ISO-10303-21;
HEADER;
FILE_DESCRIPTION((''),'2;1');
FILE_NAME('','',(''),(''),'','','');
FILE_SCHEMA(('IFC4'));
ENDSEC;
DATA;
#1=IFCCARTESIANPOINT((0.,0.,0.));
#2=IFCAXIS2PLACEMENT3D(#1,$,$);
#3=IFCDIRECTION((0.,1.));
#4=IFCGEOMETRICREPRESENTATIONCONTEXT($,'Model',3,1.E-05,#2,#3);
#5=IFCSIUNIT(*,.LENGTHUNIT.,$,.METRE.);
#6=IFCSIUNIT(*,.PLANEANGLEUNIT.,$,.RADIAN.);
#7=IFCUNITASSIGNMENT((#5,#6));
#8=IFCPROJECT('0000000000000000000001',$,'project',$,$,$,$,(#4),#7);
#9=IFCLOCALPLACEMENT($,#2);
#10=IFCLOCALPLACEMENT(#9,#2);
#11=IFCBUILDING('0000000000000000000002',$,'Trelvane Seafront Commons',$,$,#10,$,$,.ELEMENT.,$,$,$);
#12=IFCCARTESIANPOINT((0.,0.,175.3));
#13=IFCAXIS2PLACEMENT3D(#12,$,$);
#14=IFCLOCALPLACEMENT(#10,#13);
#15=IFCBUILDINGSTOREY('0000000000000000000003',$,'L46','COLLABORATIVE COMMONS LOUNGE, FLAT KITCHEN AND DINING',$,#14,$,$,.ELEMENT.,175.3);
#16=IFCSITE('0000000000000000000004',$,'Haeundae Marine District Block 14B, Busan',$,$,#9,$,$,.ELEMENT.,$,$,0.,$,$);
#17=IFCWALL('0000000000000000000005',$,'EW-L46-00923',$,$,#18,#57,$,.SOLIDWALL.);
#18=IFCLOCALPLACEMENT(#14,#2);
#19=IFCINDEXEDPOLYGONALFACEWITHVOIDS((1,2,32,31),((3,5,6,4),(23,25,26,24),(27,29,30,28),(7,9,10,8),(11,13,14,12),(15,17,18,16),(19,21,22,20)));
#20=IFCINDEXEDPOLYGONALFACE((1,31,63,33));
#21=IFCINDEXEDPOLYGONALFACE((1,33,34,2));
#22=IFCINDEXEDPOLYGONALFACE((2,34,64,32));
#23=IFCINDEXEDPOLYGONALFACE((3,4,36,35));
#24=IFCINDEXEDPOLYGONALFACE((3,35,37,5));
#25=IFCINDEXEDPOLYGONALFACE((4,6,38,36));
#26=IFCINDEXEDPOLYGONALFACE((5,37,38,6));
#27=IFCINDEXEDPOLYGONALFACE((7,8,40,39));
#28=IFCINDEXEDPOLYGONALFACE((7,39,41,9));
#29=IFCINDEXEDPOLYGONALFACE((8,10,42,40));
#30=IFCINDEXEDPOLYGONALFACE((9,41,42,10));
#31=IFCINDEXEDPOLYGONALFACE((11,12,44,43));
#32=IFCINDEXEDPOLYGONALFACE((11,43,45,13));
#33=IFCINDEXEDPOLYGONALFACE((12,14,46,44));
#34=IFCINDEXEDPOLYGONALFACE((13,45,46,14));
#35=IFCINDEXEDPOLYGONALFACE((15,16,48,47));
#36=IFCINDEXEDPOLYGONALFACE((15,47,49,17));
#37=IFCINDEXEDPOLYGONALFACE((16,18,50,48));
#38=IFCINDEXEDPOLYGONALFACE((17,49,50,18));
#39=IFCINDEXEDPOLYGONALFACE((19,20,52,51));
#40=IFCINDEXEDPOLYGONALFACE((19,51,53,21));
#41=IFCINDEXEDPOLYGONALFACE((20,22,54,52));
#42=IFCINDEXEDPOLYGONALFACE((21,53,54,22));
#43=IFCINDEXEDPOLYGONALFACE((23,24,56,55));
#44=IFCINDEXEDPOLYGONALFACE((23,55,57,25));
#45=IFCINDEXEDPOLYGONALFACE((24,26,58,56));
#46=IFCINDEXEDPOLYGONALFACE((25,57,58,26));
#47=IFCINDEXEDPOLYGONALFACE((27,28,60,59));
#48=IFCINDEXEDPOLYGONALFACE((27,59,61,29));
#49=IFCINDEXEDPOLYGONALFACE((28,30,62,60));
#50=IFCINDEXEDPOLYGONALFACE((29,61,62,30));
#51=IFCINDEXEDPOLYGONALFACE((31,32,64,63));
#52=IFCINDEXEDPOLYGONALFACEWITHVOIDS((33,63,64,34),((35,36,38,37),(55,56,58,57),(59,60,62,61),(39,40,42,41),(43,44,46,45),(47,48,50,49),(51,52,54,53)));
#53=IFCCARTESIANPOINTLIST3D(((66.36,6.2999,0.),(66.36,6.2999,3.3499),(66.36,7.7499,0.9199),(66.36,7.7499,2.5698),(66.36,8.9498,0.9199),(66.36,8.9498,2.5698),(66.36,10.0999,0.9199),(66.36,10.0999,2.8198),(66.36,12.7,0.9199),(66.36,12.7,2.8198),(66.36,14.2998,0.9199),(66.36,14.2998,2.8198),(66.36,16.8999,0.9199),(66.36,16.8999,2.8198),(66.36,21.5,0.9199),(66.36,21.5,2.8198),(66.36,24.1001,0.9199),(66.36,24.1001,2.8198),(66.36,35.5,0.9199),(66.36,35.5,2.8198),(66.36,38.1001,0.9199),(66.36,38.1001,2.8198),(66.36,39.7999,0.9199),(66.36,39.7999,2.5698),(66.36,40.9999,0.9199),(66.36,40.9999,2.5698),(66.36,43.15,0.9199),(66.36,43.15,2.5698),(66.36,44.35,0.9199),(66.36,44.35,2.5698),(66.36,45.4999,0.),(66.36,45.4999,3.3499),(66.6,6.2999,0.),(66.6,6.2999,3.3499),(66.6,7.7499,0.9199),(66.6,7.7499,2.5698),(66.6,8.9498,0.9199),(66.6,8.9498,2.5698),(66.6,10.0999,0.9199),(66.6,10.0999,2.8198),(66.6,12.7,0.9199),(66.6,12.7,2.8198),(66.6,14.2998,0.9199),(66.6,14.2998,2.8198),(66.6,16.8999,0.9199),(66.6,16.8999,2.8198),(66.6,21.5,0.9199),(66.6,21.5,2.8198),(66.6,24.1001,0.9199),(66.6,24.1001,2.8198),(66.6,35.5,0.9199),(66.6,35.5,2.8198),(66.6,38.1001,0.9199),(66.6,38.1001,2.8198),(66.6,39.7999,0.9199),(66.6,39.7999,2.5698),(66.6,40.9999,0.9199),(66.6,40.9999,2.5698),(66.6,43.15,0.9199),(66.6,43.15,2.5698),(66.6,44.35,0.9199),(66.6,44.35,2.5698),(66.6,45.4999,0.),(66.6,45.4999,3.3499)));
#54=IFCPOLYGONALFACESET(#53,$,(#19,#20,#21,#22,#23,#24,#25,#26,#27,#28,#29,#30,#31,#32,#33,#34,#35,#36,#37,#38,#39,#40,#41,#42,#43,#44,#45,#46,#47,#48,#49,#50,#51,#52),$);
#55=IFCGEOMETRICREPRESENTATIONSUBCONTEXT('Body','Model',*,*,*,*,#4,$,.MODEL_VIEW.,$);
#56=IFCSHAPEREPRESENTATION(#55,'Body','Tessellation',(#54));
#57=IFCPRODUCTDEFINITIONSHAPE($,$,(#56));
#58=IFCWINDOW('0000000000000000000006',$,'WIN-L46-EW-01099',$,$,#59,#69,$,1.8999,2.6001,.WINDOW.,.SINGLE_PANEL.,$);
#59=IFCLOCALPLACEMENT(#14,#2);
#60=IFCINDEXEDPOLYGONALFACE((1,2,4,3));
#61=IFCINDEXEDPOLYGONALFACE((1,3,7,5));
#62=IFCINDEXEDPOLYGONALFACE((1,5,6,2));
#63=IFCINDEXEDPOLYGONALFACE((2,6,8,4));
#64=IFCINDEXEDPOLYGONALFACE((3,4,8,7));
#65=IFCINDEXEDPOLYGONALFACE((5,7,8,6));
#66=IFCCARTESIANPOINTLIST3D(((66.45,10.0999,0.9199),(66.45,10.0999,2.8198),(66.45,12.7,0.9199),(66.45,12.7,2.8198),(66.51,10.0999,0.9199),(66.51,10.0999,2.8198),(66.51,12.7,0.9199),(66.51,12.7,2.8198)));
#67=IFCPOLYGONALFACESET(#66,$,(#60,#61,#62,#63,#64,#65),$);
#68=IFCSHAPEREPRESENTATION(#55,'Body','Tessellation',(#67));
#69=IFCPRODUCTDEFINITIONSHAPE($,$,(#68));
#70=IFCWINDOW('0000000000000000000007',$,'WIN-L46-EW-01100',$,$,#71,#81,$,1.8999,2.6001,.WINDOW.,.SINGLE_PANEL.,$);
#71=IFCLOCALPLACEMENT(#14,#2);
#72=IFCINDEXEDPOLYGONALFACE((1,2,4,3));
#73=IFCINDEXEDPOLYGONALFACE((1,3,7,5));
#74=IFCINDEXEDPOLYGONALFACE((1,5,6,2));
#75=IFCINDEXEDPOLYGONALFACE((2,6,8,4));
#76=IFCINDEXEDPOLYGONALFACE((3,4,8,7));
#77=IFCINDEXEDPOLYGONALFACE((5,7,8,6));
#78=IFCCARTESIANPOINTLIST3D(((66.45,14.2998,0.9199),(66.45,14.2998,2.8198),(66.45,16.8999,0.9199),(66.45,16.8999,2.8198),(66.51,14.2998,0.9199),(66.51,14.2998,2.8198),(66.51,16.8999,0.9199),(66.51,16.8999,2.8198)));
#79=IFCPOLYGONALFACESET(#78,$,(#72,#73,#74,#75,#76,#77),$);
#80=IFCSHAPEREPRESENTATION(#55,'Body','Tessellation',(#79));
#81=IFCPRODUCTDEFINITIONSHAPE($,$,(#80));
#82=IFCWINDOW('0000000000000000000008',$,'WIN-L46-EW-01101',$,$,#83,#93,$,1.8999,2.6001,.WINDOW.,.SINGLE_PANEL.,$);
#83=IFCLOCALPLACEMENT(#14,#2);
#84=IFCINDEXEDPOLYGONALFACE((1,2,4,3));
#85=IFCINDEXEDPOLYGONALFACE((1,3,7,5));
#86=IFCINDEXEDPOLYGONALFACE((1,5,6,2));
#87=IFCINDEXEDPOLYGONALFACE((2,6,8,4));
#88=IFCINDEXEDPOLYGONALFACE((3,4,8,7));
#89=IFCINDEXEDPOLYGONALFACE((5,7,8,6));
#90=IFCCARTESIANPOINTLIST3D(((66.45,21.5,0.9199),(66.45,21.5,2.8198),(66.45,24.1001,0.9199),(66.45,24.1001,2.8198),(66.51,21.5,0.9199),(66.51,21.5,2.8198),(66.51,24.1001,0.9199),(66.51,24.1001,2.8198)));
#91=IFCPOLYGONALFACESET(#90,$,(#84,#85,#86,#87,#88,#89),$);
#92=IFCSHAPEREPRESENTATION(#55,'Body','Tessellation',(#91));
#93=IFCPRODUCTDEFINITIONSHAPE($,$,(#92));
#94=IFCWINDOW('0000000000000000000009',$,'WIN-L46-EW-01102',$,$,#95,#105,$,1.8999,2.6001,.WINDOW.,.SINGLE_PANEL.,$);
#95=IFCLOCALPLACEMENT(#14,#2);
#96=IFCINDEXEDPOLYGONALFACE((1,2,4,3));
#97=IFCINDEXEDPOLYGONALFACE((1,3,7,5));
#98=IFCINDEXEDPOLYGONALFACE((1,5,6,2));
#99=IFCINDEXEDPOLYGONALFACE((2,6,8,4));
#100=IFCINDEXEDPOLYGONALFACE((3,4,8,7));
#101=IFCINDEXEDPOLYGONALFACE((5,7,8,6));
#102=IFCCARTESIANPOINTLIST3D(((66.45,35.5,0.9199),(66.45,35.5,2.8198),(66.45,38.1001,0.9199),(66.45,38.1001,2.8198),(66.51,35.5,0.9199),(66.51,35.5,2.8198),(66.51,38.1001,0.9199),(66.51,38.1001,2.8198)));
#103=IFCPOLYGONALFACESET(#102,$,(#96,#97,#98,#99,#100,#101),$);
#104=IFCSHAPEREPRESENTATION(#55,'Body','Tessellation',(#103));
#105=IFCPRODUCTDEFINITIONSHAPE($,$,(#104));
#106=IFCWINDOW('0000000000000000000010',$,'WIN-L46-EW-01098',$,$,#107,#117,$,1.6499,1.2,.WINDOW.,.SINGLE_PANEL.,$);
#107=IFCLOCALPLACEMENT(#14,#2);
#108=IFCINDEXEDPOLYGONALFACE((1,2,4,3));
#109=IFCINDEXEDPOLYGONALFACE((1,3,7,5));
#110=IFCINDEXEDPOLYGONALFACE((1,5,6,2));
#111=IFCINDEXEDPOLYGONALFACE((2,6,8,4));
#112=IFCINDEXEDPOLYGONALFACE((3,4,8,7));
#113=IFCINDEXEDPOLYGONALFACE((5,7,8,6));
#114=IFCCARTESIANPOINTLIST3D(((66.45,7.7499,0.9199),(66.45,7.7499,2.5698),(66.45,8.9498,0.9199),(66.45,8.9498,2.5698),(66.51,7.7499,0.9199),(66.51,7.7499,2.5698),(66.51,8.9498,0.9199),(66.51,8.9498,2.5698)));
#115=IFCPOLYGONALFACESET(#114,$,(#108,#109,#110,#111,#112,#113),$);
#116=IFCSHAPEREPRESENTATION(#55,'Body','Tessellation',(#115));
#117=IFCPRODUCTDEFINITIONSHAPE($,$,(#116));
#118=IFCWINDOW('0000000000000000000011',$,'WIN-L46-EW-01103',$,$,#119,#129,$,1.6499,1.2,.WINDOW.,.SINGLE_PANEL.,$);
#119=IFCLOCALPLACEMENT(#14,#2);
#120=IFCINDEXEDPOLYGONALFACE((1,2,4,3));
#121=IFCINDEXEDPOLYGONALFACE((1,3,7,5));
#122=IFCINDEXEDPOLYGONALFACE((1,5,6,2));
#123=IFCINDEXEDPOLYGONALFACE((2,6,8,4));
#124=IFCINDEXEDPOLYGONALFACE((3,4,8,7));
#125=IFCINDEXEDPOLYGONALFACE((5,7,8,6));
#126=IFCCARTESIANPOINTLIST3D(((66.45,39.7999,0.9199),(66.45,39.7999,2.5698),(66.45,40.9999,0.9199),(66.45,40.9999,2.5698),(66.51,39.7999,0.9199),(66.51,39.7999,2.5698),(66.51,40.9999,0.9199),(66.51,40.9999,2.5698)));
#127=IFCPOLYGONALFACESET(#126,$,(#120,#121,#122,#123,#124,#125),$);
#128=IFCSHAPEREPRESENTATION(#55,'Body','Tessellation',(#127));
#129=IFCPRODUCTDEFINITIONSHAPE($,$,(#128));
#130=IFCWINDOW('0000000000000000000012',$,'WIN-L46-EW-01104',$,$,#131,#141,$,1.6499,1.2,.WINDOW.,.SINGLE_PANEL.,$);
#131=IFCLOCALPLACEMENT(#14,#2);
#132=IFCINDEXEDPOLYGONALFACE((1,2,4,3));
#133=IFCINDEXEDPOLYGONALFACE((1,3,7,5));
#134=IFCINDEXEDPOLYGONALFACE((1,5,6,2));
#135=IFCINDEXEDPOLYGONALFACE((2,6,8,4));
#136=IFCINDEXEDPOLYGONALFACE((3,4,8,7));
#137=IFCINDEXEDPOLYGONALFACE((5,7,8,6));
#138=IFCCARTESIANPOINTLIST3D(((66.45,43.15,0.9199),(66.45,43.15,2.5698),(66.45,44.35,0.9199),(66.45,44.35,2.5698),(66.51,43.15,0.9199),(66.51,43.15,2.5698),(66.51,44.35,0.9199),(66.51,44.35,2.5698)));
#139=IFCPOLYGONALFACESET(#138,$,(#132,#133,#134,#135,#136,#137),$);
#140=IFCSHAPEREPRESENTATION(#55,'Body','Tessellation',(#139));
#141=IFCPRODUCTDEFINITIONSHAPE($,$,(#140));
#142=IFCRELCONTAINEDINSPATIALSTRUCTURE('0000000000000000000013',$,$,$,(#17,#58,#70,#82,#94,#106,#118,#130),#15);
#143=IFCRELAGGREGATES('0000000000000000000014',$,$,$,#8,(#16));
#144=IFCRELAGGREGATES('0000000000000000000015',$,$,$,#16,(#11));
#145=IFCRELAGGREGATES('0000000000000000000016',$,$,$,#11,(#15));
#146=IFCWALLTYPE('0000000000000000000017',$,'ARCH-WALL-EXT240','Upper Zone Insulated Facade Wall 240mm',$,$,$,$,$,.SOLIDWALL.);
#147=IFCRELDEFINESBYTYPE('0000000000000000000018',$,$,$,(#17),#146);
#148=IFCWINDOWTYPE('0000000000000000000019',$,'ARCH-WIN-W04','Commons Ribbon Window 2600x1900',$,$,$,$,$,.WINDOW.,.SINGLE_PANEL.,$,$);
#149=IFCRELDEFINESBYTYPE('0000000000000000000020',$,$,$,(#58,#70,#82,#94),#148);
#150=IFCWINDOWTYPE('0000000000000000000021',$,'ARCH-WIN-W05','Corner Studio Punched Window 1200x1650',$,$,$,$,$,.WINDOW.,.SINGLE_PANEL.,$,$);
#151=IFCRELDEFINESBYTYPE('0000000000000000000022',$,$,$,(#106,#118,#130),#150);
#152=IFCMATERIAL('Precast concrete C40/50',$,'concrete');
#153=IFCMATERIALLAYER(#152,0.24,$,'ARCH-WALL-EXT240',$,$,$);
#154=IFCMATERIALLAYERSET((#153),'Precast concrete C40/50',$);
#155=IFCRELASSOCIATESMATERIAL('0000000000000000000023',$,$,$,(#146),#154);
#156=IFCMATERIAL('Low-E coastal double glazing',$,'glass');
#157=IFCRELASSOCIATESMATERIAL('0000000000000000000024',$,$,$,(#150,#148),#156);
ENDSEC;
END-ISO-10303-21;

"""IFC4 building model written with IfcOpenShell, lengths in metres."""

from ifc_helpers import new_model, si_unit, direction, frame, frame_2d, origin, place, context, subcontext, project, spatial, rectangle, extrude, source, transform, mapped, material, layer, layer_set, type_object, element, fill, save


model = new_model("IFC4")

# Units and contexts
model_context = context("Model", 3, precision=1e-05, world=origin(), true_north=direction((0.0, 1.0)))
body_context = subcontext(model_context, "Body", "Model", "MODEL_VIEW")
ifc_project = project(units=[si_unit("LENGTHUNIT", "METRE"), si_unit("PLANEANGLEUNIT", "RADIAN")], contexts=[model_context])

# Site, building, storey
site_placement = place(None, origin())
site = spatial("IfcSite", under=ifc_project, at=site_placement, Name="Haeundae Marine District Block 14B, Busan", CompositionType="ELEMENT", RefElevation=0.0)
building_placement = place(site_placement, origin())
building = spatial("IfcBuilding", under=site, at=building_placement, Name="Trelvane Seafront Commons", CompositionType="ELEMENT")
storey_placement = place(building_placement, frame((0.0, 0.0, 175.3)))
storey = spatial("IfcBuildingStorey", under=building, at=storey_placement, Name="L46", Description="COLLABORATIVE COMMONS LOUNGE, FLAT KITCHEN AND DINING", CompositionType="ELEMENT", Elevation=175.3)

# Shared definitions
ifc_material_1 = material(Name="Low-E coastal double glazing", Category="glass")

# Shared definitions
ifc_material_2 = material(Name="Precast concrete C40/50", Category="concrete")
ifc_layer_1 = layer(ifc_material_2, 0.24, Name="ARCH-WALL-EXT240")
ifc_layer_set_1 = layer_set([ifc_layer_1], Name="Precast concrete C40/50")
wall_type_1 = type_object("IfcWallType", Name="ARCH-WALL-EXT240", Description="Upper Zone Insulated Facade Wall 240mm", PredefinedType="SOLIDWALL", material=ifc_layer_set_1)
window_type_1 = type_object("IfcWindowType", Name="ARCH-WIN-W05", Description="Corner Studio Punched Window 1200x1650", PartitioningType="SINGLE_PANEL", PredefinedType="WINDOW", material=ifc_material_1)
shared_shape_1 = source(origin(), body_context, "Body", "SweptSolid", [
    extrude(rectangle(XDim=1.2, YDim=1.6499, at=frame_2d((0.6001, 0.825))), frame((0.0, 0.03, 0.0), z_axis=(0.0, -1.0, 0.0), x_axis=(1.0, 0.0, 0.0)), (0.0, 0.0, 1.0), 0.0601),
])

# Wall, openings, windows
wall_1_placement = place(storey_placement, frame((66.48, 45.5, 0.0), z_axis=(0.0, 0.0, 1.0), x_axis=(0.0, -1.0, 0.0)))
wall_1 = element("IfcWall", 1, at=wall_1_placement, inside=storey, type_object=wall_type_1, Name="EW-L46-00923", PredefinedType="SOLIDWALL", context=body_context, shape_type="SweptSolid", body=[
    extrude(rectangle(XDim=39.2, YDim=0.24, at=frame_2d((19.6001, 0.0))), origin(), (0.0, 0.0, 1.0), 3.3499),
])
opening_1_placement = place(wall_1_placement, frame((36.55, 0.0, 0.9199)))
opening_1 = element("IfcOpeningElement", 2, at=opening_1_placement, cuts=wall_1, PredefinedType="OPENING", context=body_context, shape_type="SweptSolid", body=[
    extrude(rectangle(XDim=1.2, YDim=1.6499, at=frame_2d((0.6001, 0.825))), frame((0.0, 0.1299, 0.0), z_axis=(0.0, -1.0, 0.0), x_axis=(1.0, 0.0, 0.0)), (0.0, 0.0, 1.0), 0.26),
])
opening_2_placement = place(wall_1_placement, frame((32.8, 0.0, 0.9199)))
opening_2 = element("IfcOpeningElement", 3, at=opening_2_placement, cuts=wall_1, PredefinedType="OPENING", context=body_context, shape_type="SweptSolid", body=[
    extrude(rectangle(XDim=2.6001, YDim=1.8999, at=frame_2d((1.3, 0.95))), frame((0.0, 0.1299, 0.0), z_axis=(0.0, -1.0, 0.0), x_axis=(1.0, 0.0, 0.0)), (0.0, 0.0, 1.0), 0.26),
])
opening_3_placement = place(wall_1_placement, frame((28.6001, 0.0, 0.9199)))
opening_3 = element("IfcOpeningElement", 4, at=opening_3_placement, cuts=wall_1, PredefinedType="OPENING", context=body_context, shape_type="SweptSolid", body=[
    extrude(rectangle(XDim=2.6001, YDim=1.8999, at=frame_2d((1.3, 0.95))), frame((0.0, 0.1299, 0.0), z_axis=(0.0, -1.0, 0.0), x_axis=(1.0, 0.0, 0.0)), (0.0, 0.0, 1.0), 0.26),
])
opening_4_placement = place(wall_1_placement, frame((21.3999, 0.0, 0.9199)))
opening_4 = element("IfcOpeningElement", 5, at=opening_4_placement, cuts=wall_1, PredefinedType="OPENING", context=body_context, shape_type="SweptSolid", body=[
    extrude(rectangle(XDim=2.6001, YDim=1.8999, at=frame_2d((1.3, 0.95))), frame((0.0, 0.1299, 0.0), z_axis=(0.0, -1.0, 0.0), x_axis=(1.0, 0.0, 0.0)), (0.0, 0.0, 1.0), 0.26),
])
opening_5_placement = place(wall_1_placement, frame((7.3999, 0.0, 0.9199)))
opening_5 = element("IfcOpeningElement", 6, at=opening_5_placement, cuts=wall_1, PredefinedType="OPENING", context=body_context, shape_type="SweptSolid", body=[
    extrude(rectangle(XDim=2.6001, YDim=1.8999, at=frame_2d((1.3, 0.95))), frame((0.0, 0.1299, 0.0), z_axis=(0.0, -1.0, 0.0), x_axis=(1.0, 0.0, 0.0)), (0.0, 0.0, 1.0), 0.26),
])
opening_6_placement = place(wall_1_placement, frame((4.5, 0.0, 0.9199)))
opening_6 = element("IfcOpeningElement", 7, at=opening_6_placement, cuts=wall_1, PredefinedType="OPENING", context=body_context, shape_type="SweptSolid", body=[
    extrude(rectangle(XDim=1.2, YDim=1.6499, at=frame_2d((0.6001, 0.825))), frame((0.0, 0.1299, 0.0), z_axis=(0.0, -1.0, 0.0), x_axis=(1.0, 0.0, 0.0)), (0.0, 0.0, 1.0), 0.26),
])
opening_7_placement = place(wall_1_placement, frame((1.1499, 0.0, 0.9199)))
opening_7 = element("IfcOpeningElement", 8, at=opening_7_placement, cuts=wall_1, PredefinedType="OPENING", context=body_context, shape_type="SweptSolid", body=[
    extrude(rectangle(XDim=1.2, YDim=1.6499, at=frame_2d((0.6001, 0.825))), frame((0.0, 0.1299, 0.0), z_axis=(0.0, -1.0, 0.0), x_axis=(1.0, 0.0, 0.0)), (0.0, 0.0, 1.0), 0.26),
])
window_type_2 = type_object("IfcWindowType", Name="ARCH-WIN-W04", Description="Commons Ribbon Window 2600x1900", PartitioningType="SINGLE_PANEL", PredefinedType="WINDOW", material=ifc_material_1)
shared_shape_2 = source(origin(), body_context, "Body", "SweptSolid", [
    extrude(rectangle(XDim=2.6001, YDim=1.8999, at=frame_2d((1.3, 0.95))), frame((0.0, 0.03, 0.0), z_axis=(0.0, -1.0, 0.0), x_axis=(1.0, 0.0, 0.0)), (0.0, 0.0, 1.0), 0.0601),
])
window_1_placement = place(opening_2_placement, origin())
window_1 = element("IfcWindow", 9, at=window_1_placement, inside=storey, type_object=window_type_2, Name="WIN-L46-EW-01099", OverallHeight=1.8999, OverallWidth=2.6001, PartitioningType="SINGLE_PANEL", PredefinedType="WINDOW", context=body_context, shape_type="MappedRepresentation", body=[
    mapped(shared_shape_2, transform((0.0, 0.0, 0.0), x_axis=(1.0, 0.0, 0.0), y_axis=(0.0, 1.0, 0.0), z_axis=(0.0, 0.0, 1.0), scale=1.0)),
])
fill(opening_2, window_1)
window_2_placement = place(opening_3_placement, origin())
window_2 = element("IfcWindow", 10, at=window_2_placement, inside=storey, type_object=window_type_2, Name="WIN-L46-EW-01100", OverallHeight=1.8999, OverallWidth=2.6001, PartitioningType="SINGLE_PANEL", PredefinedType="WINDOW", context=body_context, shape_type="MappedRepresentation", body=[
    mapped(shared_shape_2, transform((0.0, 0.0, 0.0), x_axis=(1.0, 0.0, 0.0), y_axis=(0.0, 1.0, 0.0), z_axis=(0.0, 0.0, 1.0), scale=1.0)),
])
fill(opening_3, window_2)
window_3_placement = place(opening_4_placement, origin())
window_3 = element("IfcWindow", 11, at=window_3_placement, inside=storey, type_object=window_type_2, Name="WIN-L46-EW-01101", OverallHeight=1.8999, OverallWidth=2.6001, PartitioningType="SINGLE_PANEL", PredefinedType="WINDOW", context=body_context, shape_type="MappedRepresentation", body=[
    mapped(shared_shape_2, transform((0.0, 0.0, 0.0), x_axis=(1.0, 0.0, 0.0), y_axis=(0.0, 1.0, 0.0), z_axis=(0.0, 0.0, 1.0), scale=1.0)),
])
fill(opening_4, window_3)
window_4_placement = place(opening_5_placement, origin())
window_4 = element("IfcWindow", 12, at=window_4_placement, inside=storey, type_object=window_type_2, Name="WIN-L46-EW-01102", OverallHeight=1.8999, OverallWidth=2.6001, PartitioningType="SINGLE_PANEL", PredefinedType="WINDOW", context=body_context, shape_type="MappedRepresentation", body=[
    mapped(shared_shape_2, transform((0.0, 0.0, 0.0), x_axis=(1.0, 0.0, 0.0), y_axis=(0.0, 1.0, 0.0), z_axis=(0.0, 0.0, 1.0), scale=1.0)),
])
fill(opening_5, window_4)
window_5_placement = place(opening_1_placement, origin())
window_5 = element("IfcWindow", 13, at=window_5_placement, inside=storey, type_object=window_type_1, Name="WIN-L46-EW-01098", OverallHeight=1.6499, OverallWidth=1.2, PartitioningType="SINGLE_PANEL", PredefinedType="WINDOW", context=body_context, shape_type="MappedRepresentation", body=[
    mapped(shared_shape_1, transform((0.0, 0.0, 0.0), x_axis=(1.0, 0.0, 0.0), y_axis=(0.0, 1.0, 0.0), z_axis=(0.0, 0.0, 1.0), scale=1.0)),
])
fill(opening_1, window_5)
window_6_placement = place(opening_6_placement, origin())
window_6 = element("IfcWindow", 14, at=window_6_placement, inside=storey, type_object=window_type_1, Name="WIN-L46-EW-01103", OverallHeight=1.6499, OverallWidth=1.2, PartitioningType="SINGLE_PANEL", PredefinedType="WINDOW", context=body_context, shape_type="MappedRepresentation", body=[
    mapped(shared_shape_1, transform((0.0, 0.0, 0.0), x_axis=(1.0, 0.0, 0.0), y_axis=(0.0, 1.0, 0.0), z_axis=(0.0, 0.0, 1.0), scale=1.0)),
])
fill(opening_6, window_6)
window_7_placement = place(opening_7_placement, origin())
window_7 = element("IfcWindow", 15, at=window_7_placement, inside=storey, type_object=window_type_1, Name="WIN-L46-EW-01104", OverallHeight=1.6499, OverallWidth=1.2, PartitioningType="SINGLE_PANEL", PredefinedType="WINDOW", context=body_context, shape_type="MappedRepresentation", body=[
    mapped(shared_shape_1, transform((0.0, 0.0, 0.0), x_axis=(1.0, 0.0, 0.0), y_axis=(0.0, 1.0, 0.0), z_axis=(0.0, 0.0, 1.0), scale=1.0)),
])
fill(opening_7, window_7)

save(model, "model.ifc")
